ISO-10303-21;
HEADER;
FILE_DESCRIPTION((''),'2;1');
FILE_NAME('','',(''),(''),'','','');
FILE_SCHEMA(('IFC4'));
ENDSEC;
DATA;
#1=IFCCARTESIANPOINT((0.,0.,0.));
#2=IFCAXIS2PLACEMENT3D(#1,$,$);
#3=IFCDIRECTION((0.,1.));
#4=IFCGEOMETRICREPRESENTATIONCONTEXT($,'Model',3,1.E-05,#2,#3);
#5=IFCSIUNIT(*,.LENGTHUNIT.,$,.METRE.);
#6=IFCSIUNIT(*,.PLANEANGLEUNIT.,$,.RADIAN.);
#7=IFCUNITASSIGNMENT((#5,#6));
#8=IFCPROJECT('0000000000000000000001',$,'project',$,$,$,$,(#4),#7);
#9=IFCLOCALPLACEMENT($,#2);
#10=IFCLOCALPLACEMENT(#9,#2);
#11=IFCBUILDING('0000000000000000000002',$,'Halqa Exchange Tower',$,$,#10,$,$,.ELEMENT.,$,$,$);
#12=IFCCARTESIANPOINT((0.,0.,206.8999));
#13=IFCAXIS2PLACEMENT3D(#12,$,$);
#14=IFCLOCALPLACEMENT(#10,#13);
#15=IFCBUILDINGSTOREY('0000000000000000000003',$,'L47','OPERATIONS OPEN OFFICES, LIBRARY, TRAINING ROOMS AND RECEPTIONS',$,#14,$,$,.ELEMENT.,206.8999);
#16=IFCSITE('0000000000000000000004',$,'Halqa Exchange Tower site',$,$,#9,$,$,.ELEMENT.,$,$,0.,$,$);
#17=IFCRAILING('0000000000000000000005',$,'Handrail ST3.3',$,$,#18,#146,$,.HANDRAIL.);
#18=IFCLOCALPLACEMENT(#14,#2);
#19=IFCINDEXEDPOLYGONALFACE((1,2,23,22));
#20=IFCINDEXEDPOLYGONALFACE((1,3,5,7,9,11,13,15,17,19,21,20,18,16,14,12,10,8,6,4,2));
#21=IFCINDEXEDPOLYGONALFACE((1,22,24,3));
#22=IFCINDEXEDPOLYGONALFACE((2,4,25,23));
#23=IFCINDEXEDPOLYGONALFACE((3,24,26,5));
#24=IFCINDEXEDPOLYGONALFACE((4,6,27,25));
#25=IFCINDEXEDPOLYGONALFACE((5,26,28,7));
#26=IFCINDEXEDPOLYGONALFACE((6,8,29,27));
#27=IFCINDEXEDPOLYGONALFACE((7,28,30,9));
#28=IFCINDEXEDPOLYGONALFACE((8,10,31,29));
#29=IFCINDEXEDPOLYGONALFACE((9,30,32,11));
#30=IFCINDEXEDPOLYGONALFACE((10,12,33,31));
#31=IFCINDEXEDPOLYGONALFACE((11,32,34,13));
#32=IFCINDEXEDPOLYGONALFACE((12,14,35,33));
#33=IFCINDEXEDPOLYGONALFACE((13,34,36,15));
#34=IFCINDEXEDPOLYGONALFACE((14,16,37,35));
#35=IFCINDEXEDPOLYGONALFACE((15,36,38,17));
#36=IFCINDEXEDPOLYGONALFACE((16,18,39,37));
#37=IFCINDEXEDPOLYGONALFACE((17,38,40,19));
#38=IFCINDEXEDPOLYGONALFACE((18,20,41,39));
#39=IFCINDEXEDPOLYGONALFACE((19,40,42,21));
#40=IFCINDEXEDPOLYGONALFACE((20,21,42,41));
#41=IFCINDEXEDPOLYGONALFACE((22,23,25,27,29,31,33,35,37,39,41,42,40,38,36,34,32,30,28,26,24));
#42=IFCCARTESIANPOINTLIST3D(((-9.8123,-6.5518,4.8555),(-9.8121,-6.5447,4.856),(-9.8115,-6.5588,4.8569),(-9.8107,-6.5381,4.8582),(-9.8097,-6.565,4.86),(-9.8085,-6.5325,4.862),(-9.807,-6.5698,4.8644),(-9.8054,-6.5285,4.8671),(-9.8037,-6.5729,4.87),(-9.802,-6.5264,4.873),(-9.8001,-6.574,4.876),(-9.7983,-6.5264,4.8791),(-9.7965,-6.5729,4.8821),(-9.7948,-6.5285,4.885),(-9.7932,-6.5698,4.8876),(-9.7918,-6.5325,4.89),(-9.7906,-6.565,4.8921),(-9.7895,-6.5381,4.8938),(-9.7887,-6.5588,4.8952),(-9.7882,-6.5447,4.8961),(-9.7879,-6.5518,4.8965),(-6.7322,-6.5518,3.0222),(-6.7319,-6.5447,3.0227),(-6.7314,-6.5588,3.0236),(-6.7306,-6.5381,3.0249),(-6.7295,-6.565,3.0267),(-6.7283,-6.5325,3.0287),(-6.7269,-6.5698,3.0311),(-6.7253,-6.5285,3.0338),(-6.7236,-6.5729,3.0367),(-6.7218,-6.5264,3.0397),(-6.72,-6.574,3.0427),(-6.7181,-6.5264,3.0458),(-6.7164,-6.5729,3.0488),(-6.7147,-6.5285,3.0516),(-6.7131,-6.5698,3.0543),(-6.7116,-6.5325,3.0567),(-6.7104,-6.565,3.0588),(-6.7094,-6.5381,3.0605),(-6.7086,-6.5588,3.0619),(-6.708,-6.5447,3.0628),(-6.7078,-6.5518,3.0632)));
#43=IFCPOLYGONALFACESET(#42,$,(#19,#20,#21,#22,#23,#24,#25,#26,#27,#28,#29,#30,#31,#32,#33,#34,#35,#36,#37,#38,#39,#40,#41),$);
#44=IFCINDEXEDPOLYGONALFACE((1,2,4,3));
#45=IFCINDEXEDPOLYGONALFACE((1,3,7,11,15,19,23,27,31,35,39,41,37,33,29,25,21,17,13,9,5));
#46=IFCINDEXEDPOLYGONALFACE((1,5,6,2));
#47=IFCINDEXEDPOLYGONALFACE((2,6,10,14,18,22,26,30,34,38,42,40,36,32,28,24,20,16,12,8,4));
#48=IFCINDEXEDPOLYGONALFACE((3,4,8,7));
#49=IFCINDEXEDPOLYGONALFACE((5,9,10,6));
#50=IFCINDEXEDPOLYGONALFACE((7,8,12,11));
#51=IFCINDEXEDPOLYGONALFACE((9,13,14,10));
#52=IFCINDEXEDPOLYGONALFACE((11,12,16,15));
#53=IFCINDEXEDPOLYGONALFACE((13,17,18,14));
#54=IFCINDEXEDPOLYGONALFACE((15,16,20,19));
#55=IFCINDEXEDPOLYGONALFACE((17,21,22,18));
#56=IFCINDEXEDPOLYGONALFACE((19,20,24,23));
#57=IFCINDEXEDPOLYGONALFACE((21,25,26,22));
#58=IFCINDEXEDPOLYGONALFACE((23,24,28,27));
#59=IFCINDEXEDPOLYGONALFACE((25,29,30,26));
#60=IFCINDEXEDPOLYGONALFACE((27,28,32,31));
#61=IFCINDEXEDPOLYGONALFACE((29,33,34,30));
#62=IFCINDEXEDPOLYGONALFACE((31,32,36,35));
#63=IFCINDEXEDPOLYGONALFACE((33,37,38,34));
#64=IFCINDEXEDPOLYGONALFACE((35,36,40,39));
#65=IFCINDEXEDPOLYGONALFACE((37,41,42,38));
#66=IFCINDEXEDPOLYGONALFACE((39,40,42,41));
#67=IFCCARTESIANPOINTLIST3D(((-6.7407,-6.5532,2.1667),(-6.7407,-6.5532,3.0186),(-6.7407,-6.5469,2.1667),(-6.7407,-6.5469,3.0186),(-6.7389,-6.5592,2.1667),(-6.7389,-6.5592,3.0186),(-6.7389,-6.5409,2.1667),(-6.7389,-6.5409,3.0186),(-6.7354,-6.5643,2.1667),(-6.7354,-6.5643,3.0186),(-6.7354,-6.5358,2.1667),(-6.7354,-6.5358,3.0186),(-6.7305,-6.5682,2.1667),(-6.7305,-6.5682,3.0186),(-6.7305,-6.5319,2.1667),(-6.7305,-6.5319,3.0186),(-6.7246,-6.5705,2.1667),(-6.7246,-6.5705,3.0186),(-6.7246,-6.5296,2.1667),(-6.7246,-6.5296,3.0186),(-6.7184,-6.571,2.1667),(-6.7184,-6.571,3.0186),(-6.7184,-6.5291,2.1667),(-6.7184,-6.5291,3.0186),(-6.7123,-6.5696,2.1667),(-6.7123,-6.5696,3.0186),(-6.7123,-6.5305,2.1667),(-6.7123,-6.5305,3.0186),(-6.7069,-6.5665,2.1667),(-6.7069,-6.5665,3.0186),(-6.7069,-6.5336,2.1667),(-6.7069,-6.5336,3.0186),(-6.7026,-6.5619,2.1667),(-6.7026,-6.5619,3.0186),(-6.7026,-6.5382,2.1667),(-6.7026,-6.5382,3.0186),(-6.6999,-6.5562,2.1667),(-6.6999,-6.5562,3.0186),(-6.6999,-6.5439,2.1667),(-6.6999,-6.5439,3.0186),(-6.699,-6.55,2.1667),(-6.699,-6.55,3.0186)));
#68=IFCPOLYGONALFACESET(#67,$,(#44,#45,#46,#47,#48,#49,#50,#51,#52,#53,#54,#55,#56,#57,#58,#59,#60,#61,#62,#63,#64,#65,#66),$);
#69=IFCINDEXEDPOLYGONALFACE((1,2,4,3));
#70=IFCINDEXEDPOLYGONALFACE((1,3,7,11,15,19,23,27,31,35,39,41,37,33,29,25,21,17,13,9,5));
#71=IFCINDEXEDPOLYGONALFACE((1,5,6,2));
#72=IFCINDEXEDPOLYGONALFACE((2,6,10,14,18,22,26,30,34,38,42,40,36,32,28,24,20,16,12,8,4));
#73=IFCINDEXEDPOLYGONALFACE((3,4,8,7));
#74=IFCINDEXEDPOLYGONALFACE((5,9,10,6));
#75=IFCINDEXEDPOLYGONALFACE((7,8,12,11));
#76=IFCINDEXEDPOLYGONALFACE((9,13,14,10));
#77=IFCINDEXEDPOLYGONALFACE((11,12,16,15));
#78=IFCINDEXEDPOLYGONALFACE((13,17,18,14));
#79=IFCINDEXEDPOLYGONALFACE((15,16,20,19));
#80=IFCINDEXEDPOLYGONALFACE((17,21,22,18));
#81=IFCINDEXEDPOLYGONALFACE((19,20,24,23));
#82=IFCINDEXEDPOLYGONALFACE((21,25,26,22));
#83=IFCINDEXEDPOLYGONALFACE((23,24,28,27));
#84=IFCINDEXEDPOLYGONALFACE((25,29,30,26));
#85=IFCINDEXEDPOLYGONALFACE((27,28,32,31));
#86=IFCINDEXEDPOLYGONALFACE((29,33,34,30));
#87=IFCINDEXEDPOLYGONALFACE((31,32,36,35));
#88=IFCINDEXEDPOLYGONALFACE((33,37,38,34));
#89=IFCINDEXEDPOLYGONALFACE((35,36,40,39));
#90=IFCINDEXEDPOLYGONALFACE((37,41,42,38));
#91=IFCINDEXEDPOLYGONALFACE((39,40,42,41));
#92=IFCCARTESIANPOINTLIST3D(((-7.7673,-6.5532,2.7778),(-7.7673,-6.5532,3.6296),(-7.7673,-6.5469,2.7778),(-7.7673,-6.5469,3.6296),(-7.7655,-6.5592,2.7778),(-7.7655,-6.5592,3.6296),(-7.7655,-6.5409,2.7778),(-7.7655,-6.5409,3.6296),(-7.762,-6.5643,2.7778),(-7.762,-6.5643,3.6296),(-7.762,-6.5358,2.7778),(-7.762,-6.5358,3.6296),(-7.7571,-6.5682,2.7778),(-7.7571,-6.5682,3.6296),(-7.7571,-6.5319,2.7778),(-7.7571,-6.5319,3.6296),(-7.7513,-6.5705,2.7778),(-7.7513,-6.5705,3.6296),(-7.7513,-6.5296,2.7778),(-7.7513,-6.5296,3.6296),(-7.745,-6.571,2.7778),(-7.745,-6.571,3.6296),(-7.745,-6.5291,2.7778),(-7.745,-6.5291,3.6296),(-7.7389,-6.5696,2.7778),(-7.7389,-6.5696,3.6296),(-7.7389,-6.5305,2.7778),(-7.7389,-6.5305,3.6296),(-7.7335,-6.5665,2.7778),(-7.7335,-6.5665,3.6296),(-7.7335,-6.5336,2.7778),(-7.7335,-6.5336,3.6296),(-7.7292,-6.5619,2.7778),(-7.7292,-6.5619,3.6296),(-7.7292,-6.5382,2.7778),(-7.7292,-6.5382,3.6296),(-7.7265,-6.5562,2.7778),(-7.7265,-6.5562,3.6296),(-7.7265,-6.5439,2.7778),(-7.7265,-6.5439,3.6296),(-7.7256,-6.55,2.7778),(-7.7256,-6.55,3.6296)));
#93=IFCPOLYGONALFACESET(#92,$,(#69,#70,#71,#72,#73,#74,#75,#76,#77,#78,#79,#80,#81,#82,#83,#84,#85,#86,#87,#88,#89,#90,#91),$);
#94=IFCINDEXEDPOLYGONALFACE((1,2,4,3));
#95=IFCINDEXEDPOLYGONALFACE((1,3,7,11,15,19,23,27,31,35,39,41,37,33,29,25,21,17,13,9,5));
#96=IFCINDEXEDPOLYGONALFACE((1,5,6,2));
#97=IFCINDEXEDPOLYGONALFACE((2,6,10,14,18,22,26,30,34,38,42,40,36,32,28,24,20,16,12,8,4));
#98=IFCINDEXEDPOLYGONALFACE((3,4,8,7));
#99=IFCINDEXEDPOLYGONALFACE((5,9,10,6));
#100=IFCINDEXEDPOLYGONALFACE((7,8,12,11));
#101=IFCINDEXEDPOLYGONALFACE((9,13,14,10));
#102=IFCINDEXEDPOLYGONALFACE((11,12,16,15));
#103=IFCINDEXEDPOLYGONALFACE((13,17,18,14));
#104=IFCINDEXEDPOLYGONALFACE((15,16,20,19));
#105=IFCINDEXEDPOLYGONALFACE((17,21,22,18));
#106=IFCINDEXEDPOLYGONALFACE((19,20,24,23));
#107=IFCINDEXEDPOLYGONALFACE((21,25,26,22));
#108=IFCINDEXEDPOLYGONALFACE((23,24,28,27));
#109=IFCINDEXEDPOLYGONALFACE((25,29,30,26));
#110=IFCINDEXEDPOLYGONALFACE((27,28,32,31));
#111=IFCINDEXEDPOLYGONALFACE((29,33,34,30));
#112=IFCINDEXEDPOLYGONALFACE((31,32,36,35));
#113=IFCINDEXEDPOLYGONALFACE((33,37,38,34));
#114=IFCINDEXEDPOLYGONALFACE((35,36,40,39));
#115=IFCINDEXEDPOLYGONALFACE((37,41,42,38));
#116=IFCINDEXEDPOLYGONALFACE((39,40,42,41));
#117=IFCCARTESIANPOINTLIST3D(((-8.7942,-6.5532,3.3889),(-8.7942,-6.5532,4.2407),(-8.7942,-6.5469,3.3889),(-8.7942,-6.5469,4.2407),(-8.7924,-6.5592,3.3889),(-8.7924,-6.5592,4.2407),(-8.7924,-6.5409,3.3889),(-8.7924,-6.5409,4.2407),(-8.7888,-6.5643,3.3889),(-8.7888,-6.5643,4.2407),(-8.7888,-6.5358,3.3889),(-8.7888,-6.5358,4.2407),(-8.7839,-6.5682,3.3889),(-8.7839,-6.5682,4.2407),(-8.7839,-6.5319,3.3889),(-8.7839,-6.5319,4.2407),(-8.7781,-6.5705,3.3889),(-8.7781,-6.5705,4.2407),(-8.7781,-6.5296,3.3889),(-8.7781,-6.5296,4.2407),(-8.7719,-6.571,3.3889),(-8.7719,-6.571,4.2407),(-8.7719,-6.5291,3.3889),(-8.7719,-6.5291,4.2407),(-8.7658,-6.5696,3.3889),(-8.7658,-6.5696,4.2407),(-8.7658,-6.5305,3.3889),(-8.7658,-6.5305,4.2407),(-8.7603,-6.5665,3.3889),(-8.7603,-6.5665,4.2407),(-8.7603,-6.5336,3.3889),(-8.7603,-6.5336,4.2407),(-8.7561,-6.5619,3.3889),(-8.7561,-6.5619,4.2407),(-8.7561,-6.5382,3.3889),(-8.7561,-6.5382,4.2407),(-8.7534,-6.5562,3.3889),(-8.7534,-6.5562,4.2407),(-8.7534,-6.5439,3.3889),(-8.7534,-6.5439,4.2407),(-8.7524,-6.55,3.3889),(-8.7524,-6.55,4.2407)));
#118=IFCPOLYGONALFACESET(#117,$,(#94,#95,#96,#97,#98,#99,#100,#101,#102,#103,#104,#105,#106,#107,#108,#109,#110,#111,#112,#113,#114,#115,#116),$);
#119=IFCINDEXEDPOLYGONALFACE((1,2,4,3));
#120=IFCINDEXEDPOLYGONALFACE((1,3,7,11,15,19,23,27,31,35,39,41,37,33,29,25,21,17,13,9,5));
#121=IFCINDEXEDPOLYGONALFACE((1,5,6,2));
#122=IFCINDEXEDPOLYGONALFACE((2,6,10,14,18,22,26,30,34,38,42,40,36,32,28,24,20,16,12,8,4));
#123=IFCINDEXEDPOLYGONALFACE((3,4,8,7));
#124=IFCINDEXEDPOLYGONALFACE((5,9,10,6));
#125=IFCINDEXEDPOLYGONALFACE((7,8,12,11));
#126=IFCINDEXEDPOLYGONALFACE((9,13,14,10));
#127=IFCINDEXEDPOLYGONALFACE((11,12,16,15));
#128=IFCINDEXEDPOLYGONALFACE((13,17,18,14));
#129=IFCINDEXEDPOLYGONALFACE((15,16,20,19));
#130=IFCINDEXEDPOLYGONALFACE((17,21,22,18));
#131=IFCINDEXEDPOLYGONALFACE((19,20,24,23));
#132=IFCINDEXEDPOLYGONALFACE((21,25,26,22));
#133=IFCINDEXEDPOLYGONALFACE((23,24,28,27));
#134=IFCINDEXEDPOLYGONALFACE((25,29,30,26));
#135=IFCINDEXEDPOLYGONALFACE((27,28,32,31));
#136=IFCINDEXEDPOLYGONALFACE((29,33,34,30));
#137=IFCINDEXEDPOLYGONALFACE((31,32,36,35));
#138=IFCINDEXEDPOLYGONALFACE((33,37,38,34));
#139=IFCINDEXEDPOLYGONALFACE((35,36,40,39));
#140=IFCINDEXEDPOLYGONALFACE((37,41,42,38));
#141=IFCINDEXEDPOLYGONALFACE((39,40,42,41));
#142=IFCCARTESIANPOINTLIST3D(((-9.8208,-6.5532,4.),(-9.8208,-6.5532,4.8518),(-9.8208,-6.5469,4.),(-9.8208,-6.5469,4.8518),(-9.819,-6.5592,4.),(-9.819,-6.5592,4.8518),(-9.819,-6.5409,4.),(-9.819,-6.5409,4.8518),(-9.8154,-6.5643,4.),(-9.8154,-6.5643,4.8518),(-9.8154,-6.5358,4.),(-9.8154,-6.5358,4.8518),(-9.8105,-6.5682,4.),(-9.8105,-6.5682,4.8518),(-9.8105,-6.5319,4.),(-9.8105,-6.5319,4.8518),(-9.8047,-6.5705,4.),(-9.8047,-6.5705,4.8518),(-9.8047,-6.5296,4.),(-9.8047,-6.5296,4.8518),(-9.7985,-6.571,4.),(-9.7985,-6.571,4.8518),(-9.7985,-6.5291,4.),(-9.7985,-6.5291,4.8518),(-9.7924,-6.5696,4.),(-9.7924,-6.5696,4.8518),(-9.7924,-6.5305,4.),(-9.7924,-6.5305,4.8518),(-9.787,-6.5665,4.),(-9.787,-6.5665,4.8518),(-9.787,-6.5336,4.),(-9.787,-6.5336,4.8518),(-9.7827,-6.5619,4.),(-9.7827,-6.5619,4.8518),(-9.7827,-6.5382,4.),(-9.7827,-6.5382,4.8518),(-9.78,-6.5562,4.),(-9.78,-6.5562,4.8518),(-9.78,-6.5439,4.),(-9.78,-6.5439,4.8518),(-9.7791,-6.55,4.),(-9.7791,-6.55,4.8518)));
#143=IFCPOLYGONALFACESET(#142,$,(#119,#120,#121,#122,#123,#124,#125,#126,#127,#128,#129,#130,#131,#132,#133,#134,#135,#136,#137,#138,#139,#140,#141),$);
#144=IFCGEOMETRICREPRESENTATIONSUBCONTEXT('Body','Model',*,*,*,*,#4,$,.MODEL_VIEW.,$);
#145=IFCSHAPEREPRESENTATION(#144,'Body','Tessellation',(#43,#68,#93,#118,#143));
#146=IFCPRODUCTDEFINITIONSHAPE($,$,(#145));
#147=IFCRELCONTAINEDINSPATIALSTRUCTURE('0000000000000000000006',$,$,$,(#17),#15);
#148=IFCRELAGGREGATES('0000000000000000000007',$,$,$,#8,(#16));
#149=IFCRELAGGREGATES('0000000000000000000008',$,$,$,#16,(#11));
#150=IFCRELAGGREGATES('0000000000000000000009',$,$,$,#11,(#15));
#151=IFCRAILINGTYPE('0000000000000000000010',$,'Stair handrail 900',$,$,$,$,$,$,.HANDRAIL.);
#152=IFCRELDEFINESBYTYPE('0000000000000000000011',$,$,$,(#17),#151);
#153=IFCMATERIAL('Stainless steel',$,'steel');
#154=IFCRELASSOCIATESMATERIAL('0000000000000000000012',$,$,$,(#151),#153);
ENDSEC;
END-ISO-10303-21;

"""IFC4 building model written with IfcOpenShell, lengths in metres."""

from ifc_helpers import new_model, si_unit, direction, frame, origin, origin_2d, place, context, subcontext, project, spatial, circle, extrude, material, type_object, element, save


model = new_model("IFC4")

# Units and contexts
model_context = context("Model", 3, precision=1e-05, world=origin(), true_north=direction((0.0, 1.0)))
body_context = subcontext(model_context, "Body", "Model", "MODEL_VIEW")
ifc_project = project(units=[si_unit("LENGTHUNIT", "METRE"), si_unit("PLANEANGLEUNIT", "RADIAN")], contexts=[model_context])

# Site, building, storey
site_placement = place(None, origin())
site = spatial("IfcSite", under=ifc_project, at=site_placement, Name="Halqa Exchange Tower site", CompositionType="ELEMENT", RefElevation=0.0)
building_placement = place(site_placement, origin())
building = spatial("IfcBuilding", under=site, at=building_placement, Name="Halqa Exchange Tower", CompositionType="ELEMENT")
storey_placement = place(building_placement, frame((0.0, 0.0, 206.8999)))
storey = spatial("IfcBuildingStorey", under=building, at=storey_placement, Name="L47", Description="OPERATIONS OPEN OFFICES, LIBRARY, TRAINING ROOMS AND RECEPTIONS", CompositionType="ELEMENT", Elevation=206.8999)

# Shared definitions
ifc_material_1 = material(Name="Stainless steel", Category="steel")

# Railing
railing_type_1 = type_object("IfcRailingType", Name="Stair handrail 900", PredefinedType="HANDRAIL", material=ifc_material_1)
railing_1_placement = place(storey_placement, frame((-6.72, -6.55, 2.1667)))
element("IfcRailing", 1, at=railing_1_placement, inside=storey, type_object=railing_type_1, Name="Handrail ST3.3", PredefinedType="HANDRAIL", context=body_context, shape_type="SweptSolid", body=[
    extrude(circle(Radius=0.0239, at=origin_2d()), frame((0.0, 0.0, 0.876), z_axis=(-0.859309, 0.0, 0.511458), x_axis=(0.0, -1.0, 0.0)), (0.0, 0.0, 1.0), 3.5845),
    extrude(circle(Radius=0.021, at=origin_2d()), origin(), (0.0, 0.0, 1.0), 0.8518),
    extrude(circle(Radius=0.021, at=origin_2d()), frame((-1.0266, 0.0, 0.6111)), (0.0, 0.0, 1.0), 0.8518),
    extrude(circle(Radius=0.021, at=origin_2d()), frame((-2.0535, 0.0, 1.2222)), (0.0, 0.0, 1.0), 0.8518),
    extrude(circle(Radius=0.021, at=origin_2d()), frame((-3.0801, 0.0, 1.8333)), (0.0, 0.0, 1.0), 0.8518),
])

save(model, "model.ifc")
